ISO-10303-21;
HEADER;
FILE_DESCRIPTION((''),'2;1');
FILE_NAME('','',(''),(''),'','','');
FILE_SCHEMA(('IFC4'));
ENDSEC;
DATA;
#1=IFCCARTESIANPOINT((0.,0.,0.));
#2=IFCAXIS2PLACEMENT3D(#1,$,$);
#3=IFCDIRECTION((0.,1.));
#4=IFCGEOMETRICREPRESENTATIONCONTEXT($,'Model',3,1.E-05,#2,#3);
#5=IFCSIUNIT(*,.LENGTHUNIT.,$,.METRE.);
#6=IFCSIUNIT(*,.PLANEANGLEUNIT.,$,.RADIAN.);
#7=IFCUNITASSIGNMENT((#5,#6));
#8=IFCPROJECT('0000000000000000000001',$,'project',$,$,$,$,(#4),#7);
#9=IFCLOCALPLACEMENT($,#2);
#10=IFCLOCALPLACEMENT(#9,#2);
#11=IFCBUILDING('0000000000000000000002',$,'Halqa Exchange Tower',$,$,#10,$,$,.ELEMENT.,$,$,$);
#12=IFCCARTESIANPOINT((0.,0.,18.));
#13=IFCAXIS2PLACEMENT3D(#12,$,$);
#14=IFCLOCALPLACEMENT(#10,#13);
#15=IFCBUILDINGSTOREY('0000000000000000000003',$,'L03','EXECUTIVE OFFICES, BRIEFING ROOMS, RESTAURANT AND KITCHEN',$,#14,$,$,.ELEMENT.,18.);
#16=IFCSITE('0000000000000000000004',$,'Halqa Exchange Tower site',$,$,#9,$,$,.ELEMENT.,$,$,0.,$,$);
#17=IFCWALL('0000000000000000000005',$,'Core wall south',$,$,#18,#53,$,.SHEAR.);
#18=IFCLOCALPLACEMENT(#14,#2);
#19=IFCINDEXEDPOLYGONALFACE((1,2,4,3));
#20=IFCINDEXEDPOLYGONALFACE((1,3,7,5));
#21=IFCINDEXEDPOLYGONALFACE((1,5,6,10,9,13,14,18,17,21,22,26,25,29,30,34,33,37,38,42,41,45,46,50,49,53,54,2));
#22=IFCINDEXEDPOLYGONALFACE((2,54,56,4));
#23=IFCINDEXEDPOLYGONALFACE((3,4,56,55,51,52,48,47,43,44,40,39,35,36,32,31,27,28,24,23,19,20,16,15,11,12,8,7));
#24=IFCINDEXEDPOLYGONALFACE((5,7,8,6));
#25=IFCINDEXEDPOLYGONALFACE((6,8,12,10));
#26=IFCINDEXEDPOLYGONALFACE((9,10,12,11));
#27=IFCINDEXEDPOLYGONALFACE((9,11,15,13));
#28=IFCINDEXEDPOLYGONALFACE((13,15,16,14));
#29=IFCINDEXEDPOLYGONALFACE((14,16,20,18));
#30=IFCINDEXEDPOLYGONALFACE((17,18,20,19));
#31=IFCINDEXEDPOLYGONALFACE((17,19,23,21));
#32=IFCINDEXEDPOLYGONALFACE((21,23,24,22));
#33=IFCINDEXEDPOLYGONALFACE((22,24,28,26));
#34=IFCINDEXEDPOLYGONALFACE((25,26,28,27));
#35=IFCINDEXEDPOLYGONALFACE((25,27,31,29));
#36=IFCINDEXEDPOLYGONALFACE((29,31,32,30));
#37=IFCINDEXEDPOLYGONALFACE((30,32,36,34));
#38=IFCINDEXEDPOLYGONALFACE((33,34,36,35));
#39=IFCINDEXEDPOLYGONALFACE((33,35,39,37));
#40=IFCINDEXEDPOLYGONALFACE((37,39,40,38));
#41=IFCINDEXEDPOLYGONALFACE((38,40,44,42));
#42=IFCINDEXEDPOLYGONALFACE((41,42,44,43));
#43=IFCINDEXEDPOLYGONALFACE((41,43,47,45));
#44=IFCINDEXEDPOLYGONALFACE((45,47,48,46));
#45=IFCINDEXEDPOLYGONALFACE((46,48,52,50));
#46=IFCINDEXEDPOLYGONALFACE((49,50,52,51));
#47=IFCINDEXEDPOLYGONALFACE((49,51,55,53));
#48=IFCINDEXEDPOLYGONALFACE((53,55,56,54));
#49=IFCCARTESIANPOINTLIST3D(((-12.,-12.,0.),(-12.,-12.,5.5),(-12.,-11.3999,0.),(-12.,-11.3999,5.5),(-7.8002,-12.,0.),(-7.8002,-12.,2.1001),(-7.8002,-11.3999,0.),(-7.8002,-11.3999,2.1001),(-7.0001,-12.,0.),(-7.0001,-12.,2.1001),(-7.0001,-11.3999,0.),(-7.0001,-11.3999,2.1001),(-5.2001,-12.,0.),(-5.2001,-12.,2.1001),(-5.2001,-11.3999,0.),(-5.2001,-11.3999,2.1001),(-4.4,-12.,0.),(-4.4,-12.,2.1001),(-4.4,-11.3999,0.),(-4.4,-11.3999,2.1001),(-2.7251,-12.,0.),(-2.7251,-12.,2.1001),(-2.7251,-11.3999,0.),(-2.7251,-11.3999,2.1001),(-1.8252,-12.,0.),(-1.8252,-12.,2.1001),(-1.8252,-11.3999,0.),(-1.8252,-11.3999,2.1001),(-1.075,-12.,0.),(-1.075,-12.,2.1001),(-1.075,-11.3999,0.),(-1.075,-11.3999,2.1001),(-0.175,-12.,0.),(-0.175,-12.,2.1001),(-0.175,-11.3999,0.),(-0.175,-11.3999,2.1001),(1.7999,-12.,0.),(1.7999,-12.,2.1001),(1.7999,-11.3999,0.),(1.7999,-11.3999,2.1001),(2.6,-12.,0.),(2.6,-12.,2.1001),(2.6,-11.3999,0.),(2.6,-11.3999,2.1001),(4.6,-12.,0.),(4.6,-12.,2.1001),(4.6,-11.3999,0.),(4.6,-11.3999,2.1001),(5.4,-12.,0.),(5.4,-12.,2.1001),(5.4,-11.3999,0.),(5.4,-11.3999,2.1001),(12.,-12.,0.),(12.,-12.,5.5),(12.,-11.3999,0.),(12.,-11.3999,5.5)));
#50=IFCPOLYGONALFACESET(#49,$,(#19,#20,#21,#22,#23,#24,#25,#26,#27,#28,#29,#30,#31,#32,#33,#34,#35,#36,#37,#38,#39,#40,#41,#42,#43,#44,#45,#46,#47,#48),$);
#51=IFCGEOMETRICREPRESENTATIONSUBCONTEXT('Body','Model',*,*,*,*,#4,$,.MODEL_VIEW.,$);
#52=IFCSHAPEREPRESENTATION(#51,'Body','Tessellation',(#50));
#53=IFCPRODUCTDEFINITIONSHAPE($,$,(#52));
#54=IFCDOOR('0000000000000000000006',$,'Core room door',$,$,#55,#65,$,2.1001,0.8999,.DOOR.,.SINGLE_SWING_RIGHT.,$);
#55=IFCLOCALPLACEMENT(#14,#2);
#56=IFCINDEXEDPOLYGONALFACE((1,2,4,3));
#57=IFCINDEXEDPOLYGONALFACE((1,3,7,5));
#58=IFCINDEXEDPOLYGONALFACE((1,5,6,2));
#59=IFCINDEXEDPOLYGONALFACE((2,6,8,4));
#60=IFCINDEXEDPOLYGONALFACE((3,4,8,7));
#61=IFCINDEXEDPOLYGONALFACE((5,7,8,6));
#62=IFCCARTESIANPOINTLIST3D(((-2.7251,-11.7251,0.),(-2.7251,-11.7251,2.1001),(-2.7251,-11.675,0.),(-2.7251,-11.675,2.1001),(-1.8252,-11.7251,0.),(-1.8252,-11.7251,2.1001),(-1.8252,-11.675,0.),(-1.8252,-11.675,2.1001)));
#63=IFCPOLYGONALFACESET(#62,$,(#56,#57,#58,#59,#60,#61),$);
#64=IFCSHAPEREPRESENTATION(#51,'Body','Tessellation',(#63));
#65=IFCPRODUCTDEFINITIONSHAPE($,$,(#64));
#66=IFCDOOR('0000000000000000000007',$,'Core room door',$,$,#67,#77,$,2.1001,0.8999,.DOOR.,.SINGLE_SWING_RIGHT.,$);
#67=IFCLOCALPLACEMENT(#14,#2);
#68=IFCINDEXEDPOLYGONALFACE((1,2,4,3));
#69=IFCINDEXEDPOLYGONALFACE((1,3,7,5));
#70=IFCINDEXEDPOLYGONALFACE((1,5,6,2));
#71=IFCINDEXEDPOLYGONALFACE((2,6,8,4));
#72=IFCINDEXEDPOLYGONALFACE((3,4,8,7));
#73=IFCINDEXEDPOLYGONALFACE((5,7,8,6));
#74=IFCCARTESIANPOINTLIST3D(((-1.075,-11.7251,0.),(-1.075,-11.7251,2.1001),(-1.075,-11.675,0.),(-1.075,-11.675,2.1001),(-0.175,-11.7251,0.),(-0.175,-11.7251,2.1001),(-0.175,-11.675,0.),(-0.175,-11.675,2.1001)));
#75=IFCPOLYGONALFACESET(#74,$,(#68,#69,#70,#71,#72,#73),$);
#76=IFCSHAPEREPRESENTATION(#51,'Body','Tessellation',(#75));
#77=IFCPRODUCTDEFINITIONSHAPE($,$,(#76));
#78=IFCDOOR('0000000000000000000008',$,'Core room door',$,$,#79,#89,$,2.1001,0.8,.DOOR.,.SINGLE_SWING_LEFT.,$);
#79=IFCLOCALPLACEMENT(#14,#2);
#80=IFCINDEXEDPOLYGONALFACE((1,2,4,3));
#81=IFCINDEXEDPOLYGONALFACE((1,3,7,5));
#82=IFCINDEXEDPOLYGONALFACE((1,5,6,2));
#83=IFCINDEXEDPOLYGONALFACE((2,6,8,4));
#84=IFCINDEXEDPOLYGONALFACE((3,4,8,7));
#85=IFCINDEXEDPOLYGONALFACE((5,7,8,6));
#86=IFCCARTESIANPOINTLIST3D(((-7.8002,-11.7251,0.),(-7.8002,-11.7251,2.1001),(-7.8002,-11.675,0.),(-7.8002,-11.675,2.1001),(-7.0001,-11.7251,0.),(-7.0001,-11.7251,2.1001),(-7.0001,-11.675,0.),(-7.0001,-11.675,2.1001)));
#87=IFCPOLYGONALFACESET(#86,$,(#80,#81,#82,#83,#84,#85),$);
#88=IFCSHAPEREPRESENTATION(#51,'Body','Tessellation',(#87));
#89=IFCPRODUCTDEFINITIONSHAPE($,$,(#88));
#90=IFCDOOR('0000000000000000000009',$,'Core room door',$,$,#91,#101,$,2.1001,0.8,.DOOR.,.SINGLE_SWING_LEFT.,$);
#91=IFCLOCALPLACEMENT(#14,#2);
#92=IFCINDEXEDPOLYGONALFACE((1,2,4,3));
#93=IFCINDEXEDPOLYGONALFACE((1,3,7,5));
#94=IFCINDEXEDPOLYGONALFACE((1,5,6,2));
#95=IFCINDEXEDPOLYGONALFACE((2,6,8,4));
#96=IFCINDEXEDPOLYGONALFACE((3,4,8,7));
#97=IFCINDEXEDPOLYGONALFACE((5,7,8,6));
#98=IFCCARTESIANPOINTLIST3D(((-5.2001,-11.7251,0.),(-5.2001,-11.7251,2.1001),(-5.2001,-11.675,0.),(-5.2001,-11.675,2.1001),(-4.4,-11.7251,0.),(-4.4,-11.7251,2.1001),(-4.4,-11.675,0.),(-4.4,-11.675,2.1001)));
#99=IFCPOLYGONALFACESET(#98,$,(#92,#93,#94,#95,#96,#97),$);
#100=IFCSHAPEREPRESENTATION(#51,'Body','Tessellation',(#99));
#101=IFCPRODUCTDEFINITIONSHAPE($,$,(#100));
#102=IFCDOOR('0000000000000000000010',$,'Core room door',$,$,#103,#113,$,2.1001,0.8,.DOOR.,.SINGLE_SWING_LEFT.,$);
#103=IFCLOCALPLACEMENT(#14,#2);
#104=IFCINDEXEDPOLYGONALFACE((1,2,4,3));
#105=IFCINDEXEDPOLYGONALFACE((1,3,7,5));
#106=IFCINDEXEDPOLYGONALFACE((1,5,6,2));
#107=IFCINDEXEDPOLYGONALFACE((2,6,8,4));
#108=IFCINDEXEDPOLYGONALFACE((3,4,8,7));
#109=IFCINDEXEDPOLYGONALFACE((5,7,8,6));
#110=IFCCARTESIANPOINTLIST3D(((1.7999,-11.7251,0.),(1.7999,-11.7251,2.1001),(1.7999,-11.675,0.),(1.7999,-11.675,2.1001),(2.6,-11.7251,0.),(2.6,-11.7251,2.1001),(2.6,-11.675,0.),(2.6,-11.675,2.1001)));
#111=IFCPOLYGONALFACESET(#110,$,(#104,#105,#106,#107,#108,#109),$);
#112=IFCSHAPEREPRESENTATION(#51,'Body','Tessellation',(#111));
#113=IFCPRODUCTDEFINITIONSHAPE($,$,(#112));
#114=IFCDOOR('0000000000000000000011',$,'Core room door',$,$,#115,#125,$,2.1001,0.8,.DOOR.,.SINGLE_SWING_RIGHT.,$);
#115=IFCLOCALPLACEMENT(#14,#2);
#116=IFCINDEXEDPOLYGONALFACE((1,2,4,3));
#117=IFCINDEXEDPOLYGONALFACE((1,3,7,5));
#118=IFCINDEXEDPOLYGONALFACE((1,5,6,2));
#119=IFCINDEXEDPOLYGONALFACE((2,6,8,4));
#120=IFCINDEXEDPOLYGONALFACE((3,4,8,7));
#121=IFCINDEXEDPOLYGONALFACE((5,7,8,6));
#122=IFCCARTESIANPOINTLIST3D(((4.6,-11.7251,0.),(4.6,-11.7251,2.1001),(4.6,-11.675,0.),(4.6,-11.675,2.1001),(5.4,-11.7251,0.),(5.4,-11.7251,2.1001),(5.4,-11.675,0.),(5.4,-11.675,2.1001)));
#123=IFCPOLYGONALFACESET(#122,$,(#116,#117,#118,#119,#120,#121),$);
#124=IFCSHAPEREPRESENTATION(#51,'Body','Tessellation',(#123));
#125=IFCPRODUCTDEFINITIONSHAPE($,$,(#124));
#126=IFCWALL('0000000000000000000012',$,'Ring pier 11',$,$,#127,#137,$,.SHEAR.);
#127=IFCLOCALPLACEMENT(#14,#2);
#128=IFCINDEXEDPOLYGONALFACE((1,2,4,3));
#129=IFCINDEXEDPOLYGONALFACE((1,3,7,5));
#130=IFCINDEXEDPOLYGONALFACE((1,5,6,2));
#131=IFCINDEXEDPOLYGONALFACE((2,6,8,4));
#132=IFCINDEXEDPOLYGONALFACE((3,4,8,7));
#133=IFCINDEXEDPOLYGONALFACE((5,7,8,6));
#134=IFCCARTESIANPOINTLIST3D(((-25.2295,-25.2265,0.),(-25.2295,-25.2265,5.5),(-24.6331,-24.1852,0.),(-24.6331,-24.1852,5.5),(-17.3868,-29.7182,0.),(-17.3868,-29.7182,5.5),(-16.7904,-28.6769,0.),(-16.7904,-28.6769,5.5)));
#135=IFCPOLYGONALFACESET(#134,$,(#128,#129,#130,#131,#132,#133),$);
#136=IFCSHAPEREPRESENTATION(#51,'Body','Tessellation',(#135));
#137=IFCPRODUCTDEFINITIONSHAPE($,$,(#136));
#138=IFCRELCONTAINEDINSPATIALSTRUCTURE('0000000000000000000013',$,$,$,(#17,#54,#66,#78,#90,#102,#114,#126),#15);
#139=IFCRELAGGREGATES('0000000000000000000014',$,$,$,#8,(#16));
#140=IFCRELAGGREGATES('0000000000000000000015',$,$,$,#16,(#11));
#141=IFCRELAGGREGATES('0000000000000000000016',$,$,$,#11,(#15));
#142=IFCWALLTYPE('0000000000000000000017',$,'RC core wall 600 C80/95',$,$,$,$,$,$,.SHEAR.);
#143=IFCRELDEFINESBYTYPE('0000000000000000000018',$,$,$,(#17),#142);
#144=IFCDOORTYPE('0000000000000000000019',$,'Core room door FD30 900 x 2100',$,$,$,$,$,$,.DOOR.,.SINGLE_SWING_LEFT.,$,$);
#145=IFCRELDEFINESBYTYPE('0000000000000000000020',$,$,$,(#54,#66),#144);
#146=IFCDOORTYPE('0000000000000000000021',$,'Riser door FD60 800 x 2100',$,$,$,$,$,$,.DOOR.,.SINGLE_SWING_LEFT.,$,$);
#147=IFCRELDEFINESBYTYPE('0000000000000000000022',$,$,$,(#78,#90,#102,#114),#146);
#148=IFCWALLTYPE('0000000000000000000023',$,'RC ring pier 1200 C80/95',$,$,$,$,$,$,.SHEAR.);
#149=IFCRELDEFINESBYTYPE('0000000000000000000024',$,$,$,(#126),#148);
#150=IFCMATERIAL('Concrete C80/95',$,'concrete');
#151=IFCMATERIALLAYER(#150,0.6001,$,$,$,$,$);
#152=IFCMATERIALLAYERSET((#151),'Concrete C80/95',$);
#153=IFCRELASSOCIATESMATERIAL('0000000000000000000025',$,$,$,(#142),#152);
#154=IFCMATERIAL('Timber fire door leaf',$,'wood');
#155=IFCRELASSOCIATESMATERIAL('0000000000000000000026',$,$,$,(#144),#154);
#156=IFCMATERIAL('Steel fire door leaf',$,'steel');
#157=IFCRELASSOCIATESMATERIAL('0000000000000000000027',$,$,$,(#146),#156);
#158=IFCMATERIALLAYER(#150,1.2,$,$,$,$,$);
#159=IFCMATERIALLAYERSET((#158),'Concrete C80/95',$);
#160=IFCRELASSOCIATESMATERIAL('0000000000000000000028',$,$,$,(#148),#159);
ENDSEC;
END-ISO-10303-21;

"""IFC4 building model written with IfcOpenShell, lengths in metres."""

from ifc_helpers import new_model, si_unit, direction, frame, frame_2d, origin, place, context, subcontext, project, spatial, rectangle, extrude, material, layer, layer_set, type_object, element, fill, save


model = new_model("IFC4")

# Units and contexts
model_context = context("Model", 3, precision=1e-05, world=origin(), true_north=direction((0.0, 1.0)))
body_context = subcontext(model_context, "Body", "Model", "MODEL_VIEW")
ifc_project = project(units=[si_unit("LENGTHUNIT", "METRE"), si_unit("PLANEANGLEUNIT", "RADIAN")], contexts=[model_context])

# Site, building, storey
site_placement = place(None, origin())
site = spatial("IfcSite", under=ifc_project, at=site_placement, Name="Halqa Exchange Tower site", CompositionType="ELEMENT", RefElevation=0.0)
building_placement = place(site_placement, origin())
building = spatial("IfcBuilding", under=site, at=building_placement, Name="Halqa Exchange Tower", CompositionType="ELEMENT")
storey_placement = place(building_placement, frame((0.0, 0.0, 18.0)))
storey = spatial("IfcBuildingStorey", under=building, at=storey_placement, Name="L03", Description="EXECUTIVE OFFICES, BRIEFING ROOMS, RESTAURANT AND KITCHEN", CompositionType="ELEMENT", Elevation=18.0)

# Shared definitions
ifc_material_1 = material(Name="Steel fire door leaf", Category="steel")

# Wall, openings, doors
ifc_material_2 = material(Name="Concrete C80/95", Category="concrete")
ifc_layer_1 = layer(ifc_material_2, 0.6001)
ifc_layer_set_1 = layer_set([ifc_layer_1], Name="Concrete C80/95")
wall_type_1 = type_object("IfcWallType", Name="RC core wall 600 C80/95", PredefinedType="SHEAR", material=ifc_layer_set_1)
wall_1_placement = place(storey_placement, frame((-12.0, -11.7, 0.0), z_axis=(0.0, 0.0, 1.0), x_axis=(1.0, 0.0, 0.0)))
wall_1 = element("IfcWall", 1, at=wall_1_placement, inside=storey, type_object=wall_type_1, Name="Core wall south", PredefinedType="SHEAR", context=body_context, shape_type="SweptSolid", body=[
    extrude(rectangle(XDim=24.0, YDim=0.6001, at=frame_2d((12.0, 0.0))), origin(), (0.0, 0.0, 1.0), 5.5),
])
opening_1_placement = place(wall_1_placement, frame((9.2749, 0.0, 0.0)))
opening_1 = element("IfcOpeningElement", 2, at=opening_1_placement, cuts=wall_1, PredefinedType="OPENING", context=body_context, shape_type="SweptSolid", body=[
    extrude(rectangle(XDim=0.8999, YDim=2.1001, at=frame_2d((0.45, 1.05))), frame((0.0, 0.312, 0.0), z_axis=(0.0, -1.0, 0.0), x_axis=(1.0, 0.0, 0.0)), (0.0, 0.0, 1.0), 0.624),
])
opening_2_placement = place(wall_1_placement, frame((10.925, 0.0, 0.0)))
opening_2 = element("IfcOpeningElement", 3, at=opening_2_placement, cuts=wall_1, PredefinedType="OPENING", context=body_context, shape_type="SweptSolid", body=[
    extrude(rectangle(XDim=0.8999, YDim=2.1001, at=frame_2d((0.45, 1.05))), frame((0.0, 0.312, 0.0), z_axis=(0.0, -1.0, 0.0), x_axis=(1.0, 0.0, 0.0)), (0.0, 0.0, 1.0), 0.624),
])
opening_3_placement = place(wall_1_placement, frame((4.2, 0.0, 0.0)))
opening_3 = element("IfcOpeningElement", 4, at=opening_3_placement, cuts=wall_1, PredefinedType="OPENING", context=body_context, shape_type="SweptSolid", body=[
    extrude(rectangle(XDim=0.8, YDim=2.1001, at=frame_2d((0.3999, 1.05))), frame((0.0, 0.312, 0.0), z_axis=(0.0, -1.0, 0.0), x_axis=(1.0, 0.0, 0.0)), (0.0, 0.0, 1.0), 0.624),
])
opening_4_placement = place(wall_1_placement, frame((6.8, 0.0, 0.0)))
opening_4 = element("IfcOpeningElement", 5, at=opening_4_placement, cuts=wall_1, PredefinedType="OPENING", context=body_context, shape_type="SweptSolid", body=[
    extrude(rectangle(XDim=0.8, YDim=2.1001, at=frame_2d((0.3999, 1.05))), frame((0.0, 0.312, 0.0), z_axis=(0.0, -1.0, 0.0), x_axis=(1.0, 0.0, 0.0)), (0.0, 0.0, 1.0), 0.624),
])
opening_5_placement = place(wall_1_placement, frame((13.8, 0.0, 0.0)))
opening_5 = element("IfcOpeningElement", 6, at=opening_5_placement, cuts=wall_1, PredefinedType="OPENING", context=body_context, shape_type="SweptSolid", body=[
    extrude(rectangle(XDim=0.8, YDim=2.1001, at=frame_2d((0.3999, 1.05))), frame((0.0, 0.312, 0.0), z_axis=(0.0, -1.0, 0.0), x_axis=(1.0, 0.0, 0.0)), (0.0, 0.0, 1.0), 0.624),
])
opening_6_placement = place(wall_1_placement, frame((16.6001, 0.0, 0.0)))
opening_6 = element("IfcOpeningElement", 7, at=opening_6_placement, cuts=wall_1, PredefinedType="OPENING", context=body_context, shape_type="SweptSolid", body=[
    extrude(rectangle(XDim=0.8, YDim=2.1001, at=frame_2d((0.3999, 1.05))), frame((0.0, 0.312, 0.0), z_axis=(0.0, -1.0, 0.0), x_axis=(1.0, 0.0, 0.0)), (0.0, 0.0, 1.0), 0.624),
])
ifc_material_3 = material(Name="Timber fire door leaf", Category="wood")
door_type_1 = type_object("IfcDoorType", Name="Core room door FD30 900 x 2100", OperationType="SINGLE_SWING_LEFT", PredefinedType="DOOR", material=ifc_material_3)
door_1_placement = place(opening_1_placement, origin())
door_1 = element("IfcDoor", 8, at=door_1_placement, inside=storey, type_object=door_type_1, Name="Core room door", OperationType="SINGLE_SWING_RIGHT", OverallHeight=2.1001, OverallWidth=0.8999, PredefinedType="DOOR", context=body_context, shape_type="SweptSolid", body=[
    extrude(rectangle(XDim=0.8999, YDim=2.1001, at=frame_2d((0.45, 1.05))), frame((0.0, 0.0249, 0.0), z_axis=(0.0, -1.0, 0.0), x_axis=(1.0, 0.0, 0.0)), (0.0, 0.0, 1.0), 0.05),
])
fill(opening_1, door_1)
door_2_placement = place(opening_2_placement, origin())
door_2 = element("IfcDoor", 9, at=door_2_placement, inside=storey, type_object=door_type_1, Name="Core room door", OperationType="SINGLE_SWING_RIGHT", OverallHeight=2.1001, OverallWidth=0.8999, PredefinedType="DOOR", context=body_context, shape_type="SweptSolid", body=[
    extrude(rectangle(XDim=0.8999, YDim=2.1001, at=frame_2d((0.45, 1.05))), frame((0.0, 0.0249, 0.0), z_axis=(0.0, -1.0, 0.0), x_axis=(1.0, 0.0, 0.0)), (0.0, 0.0, 1.0), 0.05),
])
fill(opening_2, door_2)
door_type_2 = type_object("IfcDoorType", Name="Riser door FD60 800 x 2100", OperationType="SINGLE_SWING_LEFT", PredefinedType="DOOR", material=ifc_material_1)
door_3_placement = place(opening_3_placement, origin())
door_3 = element("IfcDoor", 10, at=door_3_placement, inside=storey, type_object=door_type_2, Name="Core room door", OperationType="SINGLE_SWING_LEFT", OverallHeight=2.1001, OverallWidth=0.8, PredefinedType="DOOR", context=body_context, shape_type="SweptSolid", body=[
    extrude(rectangle(XDim=0.8, YDim=2.1001, at=frame_2d((0.3999, 1.05))), frame((0.0, 0.0249, 0.0), z_axis=(0.0, -1.0, 0.0), x_axis=(1.0, 0.0, 0.0)), (0.0, 0.0, 1.0), 0.05),
])
fill(opening_3, door_3)
door_4_placement = place(opening_4_placement, origin())
door_4 = element("IfcDoor", 11, at=door_4_placement, inside=storey, type_object=door_type_2, Name="Core room door", OperationType="SINGLE_SWING_LEFT", OverallHeight=2.1001, OverallWidth=0.8, PredefinedType="DOOR", context=body_context, shape_type="SweptSolid", body=[
    extrude(rectangle(XDim=0.8, YDim=2.1001, at=frame_2d((0.3999, 1.05))), frame((0.0, 0.0249, 0.0), z_axis=(0.0, -1.0, 0.0), x_axis=(1.0, 0.0, 0.0)), (0.0, 0.0, 1.0), 0.05),
])
fill(opening_4, door_4)
door_5_placement = place(opening_5_placement, origin())
door_5 = element("IfcDoor", 12, at=door_5_placement, inside=storey, type_object=door_type_2, Name="Core room door", OperationType="SINGLE_SWING_LEFT", OverallHeight=2.1001, OverallWidth=0.8, PredefinedType="DOOR", context=body_context, shape_type="SweptSolid", body=[
    extrude(rectangle(XDim=0.8, YDim=2.1001, at=frame_2d((0.3999, 1.05))), frame((0.0, 0.0249, 0.0), z_axis=(0.0, -1.0, 0.0), x_axis=(1.0, 0.0, 0.0)), (0.0, 0.0, 1.0), 0.05),
])
fill(opening_5, door_5)
door_6_placement = place(opening_6_placement, origin())
door_6 = element("IfcDoor", 13, at=door_6_placement, inside=storey, type_object=door_type_2, Name="Core room door", OperationType="SINGLE_SWING_RIGHT", OverallHeight=2.1001, OverallWidth=0.8, PredefinedType="DOOR", context=body_context, shape_type="SweptSolid", body=[
    extrude(rectangle(XDim=0.8, YDim=2.1001, at=frame_2d((0.3999, 1.05))), frame((0.0, 0.0249, 0.0), z_axis=(0.0, -1.0, 0.0), x_axis=(1.0, 0.0, 0.0)), (0.0, 0.0, 1.0), 0.05),
])
fill(opening_6, door_6)

# Wall
ifc_layer_2 = layer(ifc_material_2, 1.2)
ifc_layer_set_2 = layer_set([ifc_layer_2], Name="Concrete C80/95")
wall_type_2 = type_object("IfcWallType", Name="RC ring pier 1200 C80/95", PredefinedType="SHEAR", material=ifc_layer_set_2)
wall_2_placement = place(storey_placement, frame((-24.9314, -24.7058, 0.0), z_axis=(0.0, 0.0, 1.0), x_axis=(0.867761, -0.496982, 0.0)))
element("IfcWall", 14, at=wall_2_placement, inside=storey, type_object=wall_type_2, Name="Ring pier 11", PredefinedType="SHEAR", context=body_context, shape_type="SweptSolid", body=[
    extrude(rectangle(XDim=9.0378, YDim=1.2, at=frame_2d((4.519, 0.0))), origin(), (0.0, 0.0, 1.0), 5.5),
])

save(model, "model.ifc")
